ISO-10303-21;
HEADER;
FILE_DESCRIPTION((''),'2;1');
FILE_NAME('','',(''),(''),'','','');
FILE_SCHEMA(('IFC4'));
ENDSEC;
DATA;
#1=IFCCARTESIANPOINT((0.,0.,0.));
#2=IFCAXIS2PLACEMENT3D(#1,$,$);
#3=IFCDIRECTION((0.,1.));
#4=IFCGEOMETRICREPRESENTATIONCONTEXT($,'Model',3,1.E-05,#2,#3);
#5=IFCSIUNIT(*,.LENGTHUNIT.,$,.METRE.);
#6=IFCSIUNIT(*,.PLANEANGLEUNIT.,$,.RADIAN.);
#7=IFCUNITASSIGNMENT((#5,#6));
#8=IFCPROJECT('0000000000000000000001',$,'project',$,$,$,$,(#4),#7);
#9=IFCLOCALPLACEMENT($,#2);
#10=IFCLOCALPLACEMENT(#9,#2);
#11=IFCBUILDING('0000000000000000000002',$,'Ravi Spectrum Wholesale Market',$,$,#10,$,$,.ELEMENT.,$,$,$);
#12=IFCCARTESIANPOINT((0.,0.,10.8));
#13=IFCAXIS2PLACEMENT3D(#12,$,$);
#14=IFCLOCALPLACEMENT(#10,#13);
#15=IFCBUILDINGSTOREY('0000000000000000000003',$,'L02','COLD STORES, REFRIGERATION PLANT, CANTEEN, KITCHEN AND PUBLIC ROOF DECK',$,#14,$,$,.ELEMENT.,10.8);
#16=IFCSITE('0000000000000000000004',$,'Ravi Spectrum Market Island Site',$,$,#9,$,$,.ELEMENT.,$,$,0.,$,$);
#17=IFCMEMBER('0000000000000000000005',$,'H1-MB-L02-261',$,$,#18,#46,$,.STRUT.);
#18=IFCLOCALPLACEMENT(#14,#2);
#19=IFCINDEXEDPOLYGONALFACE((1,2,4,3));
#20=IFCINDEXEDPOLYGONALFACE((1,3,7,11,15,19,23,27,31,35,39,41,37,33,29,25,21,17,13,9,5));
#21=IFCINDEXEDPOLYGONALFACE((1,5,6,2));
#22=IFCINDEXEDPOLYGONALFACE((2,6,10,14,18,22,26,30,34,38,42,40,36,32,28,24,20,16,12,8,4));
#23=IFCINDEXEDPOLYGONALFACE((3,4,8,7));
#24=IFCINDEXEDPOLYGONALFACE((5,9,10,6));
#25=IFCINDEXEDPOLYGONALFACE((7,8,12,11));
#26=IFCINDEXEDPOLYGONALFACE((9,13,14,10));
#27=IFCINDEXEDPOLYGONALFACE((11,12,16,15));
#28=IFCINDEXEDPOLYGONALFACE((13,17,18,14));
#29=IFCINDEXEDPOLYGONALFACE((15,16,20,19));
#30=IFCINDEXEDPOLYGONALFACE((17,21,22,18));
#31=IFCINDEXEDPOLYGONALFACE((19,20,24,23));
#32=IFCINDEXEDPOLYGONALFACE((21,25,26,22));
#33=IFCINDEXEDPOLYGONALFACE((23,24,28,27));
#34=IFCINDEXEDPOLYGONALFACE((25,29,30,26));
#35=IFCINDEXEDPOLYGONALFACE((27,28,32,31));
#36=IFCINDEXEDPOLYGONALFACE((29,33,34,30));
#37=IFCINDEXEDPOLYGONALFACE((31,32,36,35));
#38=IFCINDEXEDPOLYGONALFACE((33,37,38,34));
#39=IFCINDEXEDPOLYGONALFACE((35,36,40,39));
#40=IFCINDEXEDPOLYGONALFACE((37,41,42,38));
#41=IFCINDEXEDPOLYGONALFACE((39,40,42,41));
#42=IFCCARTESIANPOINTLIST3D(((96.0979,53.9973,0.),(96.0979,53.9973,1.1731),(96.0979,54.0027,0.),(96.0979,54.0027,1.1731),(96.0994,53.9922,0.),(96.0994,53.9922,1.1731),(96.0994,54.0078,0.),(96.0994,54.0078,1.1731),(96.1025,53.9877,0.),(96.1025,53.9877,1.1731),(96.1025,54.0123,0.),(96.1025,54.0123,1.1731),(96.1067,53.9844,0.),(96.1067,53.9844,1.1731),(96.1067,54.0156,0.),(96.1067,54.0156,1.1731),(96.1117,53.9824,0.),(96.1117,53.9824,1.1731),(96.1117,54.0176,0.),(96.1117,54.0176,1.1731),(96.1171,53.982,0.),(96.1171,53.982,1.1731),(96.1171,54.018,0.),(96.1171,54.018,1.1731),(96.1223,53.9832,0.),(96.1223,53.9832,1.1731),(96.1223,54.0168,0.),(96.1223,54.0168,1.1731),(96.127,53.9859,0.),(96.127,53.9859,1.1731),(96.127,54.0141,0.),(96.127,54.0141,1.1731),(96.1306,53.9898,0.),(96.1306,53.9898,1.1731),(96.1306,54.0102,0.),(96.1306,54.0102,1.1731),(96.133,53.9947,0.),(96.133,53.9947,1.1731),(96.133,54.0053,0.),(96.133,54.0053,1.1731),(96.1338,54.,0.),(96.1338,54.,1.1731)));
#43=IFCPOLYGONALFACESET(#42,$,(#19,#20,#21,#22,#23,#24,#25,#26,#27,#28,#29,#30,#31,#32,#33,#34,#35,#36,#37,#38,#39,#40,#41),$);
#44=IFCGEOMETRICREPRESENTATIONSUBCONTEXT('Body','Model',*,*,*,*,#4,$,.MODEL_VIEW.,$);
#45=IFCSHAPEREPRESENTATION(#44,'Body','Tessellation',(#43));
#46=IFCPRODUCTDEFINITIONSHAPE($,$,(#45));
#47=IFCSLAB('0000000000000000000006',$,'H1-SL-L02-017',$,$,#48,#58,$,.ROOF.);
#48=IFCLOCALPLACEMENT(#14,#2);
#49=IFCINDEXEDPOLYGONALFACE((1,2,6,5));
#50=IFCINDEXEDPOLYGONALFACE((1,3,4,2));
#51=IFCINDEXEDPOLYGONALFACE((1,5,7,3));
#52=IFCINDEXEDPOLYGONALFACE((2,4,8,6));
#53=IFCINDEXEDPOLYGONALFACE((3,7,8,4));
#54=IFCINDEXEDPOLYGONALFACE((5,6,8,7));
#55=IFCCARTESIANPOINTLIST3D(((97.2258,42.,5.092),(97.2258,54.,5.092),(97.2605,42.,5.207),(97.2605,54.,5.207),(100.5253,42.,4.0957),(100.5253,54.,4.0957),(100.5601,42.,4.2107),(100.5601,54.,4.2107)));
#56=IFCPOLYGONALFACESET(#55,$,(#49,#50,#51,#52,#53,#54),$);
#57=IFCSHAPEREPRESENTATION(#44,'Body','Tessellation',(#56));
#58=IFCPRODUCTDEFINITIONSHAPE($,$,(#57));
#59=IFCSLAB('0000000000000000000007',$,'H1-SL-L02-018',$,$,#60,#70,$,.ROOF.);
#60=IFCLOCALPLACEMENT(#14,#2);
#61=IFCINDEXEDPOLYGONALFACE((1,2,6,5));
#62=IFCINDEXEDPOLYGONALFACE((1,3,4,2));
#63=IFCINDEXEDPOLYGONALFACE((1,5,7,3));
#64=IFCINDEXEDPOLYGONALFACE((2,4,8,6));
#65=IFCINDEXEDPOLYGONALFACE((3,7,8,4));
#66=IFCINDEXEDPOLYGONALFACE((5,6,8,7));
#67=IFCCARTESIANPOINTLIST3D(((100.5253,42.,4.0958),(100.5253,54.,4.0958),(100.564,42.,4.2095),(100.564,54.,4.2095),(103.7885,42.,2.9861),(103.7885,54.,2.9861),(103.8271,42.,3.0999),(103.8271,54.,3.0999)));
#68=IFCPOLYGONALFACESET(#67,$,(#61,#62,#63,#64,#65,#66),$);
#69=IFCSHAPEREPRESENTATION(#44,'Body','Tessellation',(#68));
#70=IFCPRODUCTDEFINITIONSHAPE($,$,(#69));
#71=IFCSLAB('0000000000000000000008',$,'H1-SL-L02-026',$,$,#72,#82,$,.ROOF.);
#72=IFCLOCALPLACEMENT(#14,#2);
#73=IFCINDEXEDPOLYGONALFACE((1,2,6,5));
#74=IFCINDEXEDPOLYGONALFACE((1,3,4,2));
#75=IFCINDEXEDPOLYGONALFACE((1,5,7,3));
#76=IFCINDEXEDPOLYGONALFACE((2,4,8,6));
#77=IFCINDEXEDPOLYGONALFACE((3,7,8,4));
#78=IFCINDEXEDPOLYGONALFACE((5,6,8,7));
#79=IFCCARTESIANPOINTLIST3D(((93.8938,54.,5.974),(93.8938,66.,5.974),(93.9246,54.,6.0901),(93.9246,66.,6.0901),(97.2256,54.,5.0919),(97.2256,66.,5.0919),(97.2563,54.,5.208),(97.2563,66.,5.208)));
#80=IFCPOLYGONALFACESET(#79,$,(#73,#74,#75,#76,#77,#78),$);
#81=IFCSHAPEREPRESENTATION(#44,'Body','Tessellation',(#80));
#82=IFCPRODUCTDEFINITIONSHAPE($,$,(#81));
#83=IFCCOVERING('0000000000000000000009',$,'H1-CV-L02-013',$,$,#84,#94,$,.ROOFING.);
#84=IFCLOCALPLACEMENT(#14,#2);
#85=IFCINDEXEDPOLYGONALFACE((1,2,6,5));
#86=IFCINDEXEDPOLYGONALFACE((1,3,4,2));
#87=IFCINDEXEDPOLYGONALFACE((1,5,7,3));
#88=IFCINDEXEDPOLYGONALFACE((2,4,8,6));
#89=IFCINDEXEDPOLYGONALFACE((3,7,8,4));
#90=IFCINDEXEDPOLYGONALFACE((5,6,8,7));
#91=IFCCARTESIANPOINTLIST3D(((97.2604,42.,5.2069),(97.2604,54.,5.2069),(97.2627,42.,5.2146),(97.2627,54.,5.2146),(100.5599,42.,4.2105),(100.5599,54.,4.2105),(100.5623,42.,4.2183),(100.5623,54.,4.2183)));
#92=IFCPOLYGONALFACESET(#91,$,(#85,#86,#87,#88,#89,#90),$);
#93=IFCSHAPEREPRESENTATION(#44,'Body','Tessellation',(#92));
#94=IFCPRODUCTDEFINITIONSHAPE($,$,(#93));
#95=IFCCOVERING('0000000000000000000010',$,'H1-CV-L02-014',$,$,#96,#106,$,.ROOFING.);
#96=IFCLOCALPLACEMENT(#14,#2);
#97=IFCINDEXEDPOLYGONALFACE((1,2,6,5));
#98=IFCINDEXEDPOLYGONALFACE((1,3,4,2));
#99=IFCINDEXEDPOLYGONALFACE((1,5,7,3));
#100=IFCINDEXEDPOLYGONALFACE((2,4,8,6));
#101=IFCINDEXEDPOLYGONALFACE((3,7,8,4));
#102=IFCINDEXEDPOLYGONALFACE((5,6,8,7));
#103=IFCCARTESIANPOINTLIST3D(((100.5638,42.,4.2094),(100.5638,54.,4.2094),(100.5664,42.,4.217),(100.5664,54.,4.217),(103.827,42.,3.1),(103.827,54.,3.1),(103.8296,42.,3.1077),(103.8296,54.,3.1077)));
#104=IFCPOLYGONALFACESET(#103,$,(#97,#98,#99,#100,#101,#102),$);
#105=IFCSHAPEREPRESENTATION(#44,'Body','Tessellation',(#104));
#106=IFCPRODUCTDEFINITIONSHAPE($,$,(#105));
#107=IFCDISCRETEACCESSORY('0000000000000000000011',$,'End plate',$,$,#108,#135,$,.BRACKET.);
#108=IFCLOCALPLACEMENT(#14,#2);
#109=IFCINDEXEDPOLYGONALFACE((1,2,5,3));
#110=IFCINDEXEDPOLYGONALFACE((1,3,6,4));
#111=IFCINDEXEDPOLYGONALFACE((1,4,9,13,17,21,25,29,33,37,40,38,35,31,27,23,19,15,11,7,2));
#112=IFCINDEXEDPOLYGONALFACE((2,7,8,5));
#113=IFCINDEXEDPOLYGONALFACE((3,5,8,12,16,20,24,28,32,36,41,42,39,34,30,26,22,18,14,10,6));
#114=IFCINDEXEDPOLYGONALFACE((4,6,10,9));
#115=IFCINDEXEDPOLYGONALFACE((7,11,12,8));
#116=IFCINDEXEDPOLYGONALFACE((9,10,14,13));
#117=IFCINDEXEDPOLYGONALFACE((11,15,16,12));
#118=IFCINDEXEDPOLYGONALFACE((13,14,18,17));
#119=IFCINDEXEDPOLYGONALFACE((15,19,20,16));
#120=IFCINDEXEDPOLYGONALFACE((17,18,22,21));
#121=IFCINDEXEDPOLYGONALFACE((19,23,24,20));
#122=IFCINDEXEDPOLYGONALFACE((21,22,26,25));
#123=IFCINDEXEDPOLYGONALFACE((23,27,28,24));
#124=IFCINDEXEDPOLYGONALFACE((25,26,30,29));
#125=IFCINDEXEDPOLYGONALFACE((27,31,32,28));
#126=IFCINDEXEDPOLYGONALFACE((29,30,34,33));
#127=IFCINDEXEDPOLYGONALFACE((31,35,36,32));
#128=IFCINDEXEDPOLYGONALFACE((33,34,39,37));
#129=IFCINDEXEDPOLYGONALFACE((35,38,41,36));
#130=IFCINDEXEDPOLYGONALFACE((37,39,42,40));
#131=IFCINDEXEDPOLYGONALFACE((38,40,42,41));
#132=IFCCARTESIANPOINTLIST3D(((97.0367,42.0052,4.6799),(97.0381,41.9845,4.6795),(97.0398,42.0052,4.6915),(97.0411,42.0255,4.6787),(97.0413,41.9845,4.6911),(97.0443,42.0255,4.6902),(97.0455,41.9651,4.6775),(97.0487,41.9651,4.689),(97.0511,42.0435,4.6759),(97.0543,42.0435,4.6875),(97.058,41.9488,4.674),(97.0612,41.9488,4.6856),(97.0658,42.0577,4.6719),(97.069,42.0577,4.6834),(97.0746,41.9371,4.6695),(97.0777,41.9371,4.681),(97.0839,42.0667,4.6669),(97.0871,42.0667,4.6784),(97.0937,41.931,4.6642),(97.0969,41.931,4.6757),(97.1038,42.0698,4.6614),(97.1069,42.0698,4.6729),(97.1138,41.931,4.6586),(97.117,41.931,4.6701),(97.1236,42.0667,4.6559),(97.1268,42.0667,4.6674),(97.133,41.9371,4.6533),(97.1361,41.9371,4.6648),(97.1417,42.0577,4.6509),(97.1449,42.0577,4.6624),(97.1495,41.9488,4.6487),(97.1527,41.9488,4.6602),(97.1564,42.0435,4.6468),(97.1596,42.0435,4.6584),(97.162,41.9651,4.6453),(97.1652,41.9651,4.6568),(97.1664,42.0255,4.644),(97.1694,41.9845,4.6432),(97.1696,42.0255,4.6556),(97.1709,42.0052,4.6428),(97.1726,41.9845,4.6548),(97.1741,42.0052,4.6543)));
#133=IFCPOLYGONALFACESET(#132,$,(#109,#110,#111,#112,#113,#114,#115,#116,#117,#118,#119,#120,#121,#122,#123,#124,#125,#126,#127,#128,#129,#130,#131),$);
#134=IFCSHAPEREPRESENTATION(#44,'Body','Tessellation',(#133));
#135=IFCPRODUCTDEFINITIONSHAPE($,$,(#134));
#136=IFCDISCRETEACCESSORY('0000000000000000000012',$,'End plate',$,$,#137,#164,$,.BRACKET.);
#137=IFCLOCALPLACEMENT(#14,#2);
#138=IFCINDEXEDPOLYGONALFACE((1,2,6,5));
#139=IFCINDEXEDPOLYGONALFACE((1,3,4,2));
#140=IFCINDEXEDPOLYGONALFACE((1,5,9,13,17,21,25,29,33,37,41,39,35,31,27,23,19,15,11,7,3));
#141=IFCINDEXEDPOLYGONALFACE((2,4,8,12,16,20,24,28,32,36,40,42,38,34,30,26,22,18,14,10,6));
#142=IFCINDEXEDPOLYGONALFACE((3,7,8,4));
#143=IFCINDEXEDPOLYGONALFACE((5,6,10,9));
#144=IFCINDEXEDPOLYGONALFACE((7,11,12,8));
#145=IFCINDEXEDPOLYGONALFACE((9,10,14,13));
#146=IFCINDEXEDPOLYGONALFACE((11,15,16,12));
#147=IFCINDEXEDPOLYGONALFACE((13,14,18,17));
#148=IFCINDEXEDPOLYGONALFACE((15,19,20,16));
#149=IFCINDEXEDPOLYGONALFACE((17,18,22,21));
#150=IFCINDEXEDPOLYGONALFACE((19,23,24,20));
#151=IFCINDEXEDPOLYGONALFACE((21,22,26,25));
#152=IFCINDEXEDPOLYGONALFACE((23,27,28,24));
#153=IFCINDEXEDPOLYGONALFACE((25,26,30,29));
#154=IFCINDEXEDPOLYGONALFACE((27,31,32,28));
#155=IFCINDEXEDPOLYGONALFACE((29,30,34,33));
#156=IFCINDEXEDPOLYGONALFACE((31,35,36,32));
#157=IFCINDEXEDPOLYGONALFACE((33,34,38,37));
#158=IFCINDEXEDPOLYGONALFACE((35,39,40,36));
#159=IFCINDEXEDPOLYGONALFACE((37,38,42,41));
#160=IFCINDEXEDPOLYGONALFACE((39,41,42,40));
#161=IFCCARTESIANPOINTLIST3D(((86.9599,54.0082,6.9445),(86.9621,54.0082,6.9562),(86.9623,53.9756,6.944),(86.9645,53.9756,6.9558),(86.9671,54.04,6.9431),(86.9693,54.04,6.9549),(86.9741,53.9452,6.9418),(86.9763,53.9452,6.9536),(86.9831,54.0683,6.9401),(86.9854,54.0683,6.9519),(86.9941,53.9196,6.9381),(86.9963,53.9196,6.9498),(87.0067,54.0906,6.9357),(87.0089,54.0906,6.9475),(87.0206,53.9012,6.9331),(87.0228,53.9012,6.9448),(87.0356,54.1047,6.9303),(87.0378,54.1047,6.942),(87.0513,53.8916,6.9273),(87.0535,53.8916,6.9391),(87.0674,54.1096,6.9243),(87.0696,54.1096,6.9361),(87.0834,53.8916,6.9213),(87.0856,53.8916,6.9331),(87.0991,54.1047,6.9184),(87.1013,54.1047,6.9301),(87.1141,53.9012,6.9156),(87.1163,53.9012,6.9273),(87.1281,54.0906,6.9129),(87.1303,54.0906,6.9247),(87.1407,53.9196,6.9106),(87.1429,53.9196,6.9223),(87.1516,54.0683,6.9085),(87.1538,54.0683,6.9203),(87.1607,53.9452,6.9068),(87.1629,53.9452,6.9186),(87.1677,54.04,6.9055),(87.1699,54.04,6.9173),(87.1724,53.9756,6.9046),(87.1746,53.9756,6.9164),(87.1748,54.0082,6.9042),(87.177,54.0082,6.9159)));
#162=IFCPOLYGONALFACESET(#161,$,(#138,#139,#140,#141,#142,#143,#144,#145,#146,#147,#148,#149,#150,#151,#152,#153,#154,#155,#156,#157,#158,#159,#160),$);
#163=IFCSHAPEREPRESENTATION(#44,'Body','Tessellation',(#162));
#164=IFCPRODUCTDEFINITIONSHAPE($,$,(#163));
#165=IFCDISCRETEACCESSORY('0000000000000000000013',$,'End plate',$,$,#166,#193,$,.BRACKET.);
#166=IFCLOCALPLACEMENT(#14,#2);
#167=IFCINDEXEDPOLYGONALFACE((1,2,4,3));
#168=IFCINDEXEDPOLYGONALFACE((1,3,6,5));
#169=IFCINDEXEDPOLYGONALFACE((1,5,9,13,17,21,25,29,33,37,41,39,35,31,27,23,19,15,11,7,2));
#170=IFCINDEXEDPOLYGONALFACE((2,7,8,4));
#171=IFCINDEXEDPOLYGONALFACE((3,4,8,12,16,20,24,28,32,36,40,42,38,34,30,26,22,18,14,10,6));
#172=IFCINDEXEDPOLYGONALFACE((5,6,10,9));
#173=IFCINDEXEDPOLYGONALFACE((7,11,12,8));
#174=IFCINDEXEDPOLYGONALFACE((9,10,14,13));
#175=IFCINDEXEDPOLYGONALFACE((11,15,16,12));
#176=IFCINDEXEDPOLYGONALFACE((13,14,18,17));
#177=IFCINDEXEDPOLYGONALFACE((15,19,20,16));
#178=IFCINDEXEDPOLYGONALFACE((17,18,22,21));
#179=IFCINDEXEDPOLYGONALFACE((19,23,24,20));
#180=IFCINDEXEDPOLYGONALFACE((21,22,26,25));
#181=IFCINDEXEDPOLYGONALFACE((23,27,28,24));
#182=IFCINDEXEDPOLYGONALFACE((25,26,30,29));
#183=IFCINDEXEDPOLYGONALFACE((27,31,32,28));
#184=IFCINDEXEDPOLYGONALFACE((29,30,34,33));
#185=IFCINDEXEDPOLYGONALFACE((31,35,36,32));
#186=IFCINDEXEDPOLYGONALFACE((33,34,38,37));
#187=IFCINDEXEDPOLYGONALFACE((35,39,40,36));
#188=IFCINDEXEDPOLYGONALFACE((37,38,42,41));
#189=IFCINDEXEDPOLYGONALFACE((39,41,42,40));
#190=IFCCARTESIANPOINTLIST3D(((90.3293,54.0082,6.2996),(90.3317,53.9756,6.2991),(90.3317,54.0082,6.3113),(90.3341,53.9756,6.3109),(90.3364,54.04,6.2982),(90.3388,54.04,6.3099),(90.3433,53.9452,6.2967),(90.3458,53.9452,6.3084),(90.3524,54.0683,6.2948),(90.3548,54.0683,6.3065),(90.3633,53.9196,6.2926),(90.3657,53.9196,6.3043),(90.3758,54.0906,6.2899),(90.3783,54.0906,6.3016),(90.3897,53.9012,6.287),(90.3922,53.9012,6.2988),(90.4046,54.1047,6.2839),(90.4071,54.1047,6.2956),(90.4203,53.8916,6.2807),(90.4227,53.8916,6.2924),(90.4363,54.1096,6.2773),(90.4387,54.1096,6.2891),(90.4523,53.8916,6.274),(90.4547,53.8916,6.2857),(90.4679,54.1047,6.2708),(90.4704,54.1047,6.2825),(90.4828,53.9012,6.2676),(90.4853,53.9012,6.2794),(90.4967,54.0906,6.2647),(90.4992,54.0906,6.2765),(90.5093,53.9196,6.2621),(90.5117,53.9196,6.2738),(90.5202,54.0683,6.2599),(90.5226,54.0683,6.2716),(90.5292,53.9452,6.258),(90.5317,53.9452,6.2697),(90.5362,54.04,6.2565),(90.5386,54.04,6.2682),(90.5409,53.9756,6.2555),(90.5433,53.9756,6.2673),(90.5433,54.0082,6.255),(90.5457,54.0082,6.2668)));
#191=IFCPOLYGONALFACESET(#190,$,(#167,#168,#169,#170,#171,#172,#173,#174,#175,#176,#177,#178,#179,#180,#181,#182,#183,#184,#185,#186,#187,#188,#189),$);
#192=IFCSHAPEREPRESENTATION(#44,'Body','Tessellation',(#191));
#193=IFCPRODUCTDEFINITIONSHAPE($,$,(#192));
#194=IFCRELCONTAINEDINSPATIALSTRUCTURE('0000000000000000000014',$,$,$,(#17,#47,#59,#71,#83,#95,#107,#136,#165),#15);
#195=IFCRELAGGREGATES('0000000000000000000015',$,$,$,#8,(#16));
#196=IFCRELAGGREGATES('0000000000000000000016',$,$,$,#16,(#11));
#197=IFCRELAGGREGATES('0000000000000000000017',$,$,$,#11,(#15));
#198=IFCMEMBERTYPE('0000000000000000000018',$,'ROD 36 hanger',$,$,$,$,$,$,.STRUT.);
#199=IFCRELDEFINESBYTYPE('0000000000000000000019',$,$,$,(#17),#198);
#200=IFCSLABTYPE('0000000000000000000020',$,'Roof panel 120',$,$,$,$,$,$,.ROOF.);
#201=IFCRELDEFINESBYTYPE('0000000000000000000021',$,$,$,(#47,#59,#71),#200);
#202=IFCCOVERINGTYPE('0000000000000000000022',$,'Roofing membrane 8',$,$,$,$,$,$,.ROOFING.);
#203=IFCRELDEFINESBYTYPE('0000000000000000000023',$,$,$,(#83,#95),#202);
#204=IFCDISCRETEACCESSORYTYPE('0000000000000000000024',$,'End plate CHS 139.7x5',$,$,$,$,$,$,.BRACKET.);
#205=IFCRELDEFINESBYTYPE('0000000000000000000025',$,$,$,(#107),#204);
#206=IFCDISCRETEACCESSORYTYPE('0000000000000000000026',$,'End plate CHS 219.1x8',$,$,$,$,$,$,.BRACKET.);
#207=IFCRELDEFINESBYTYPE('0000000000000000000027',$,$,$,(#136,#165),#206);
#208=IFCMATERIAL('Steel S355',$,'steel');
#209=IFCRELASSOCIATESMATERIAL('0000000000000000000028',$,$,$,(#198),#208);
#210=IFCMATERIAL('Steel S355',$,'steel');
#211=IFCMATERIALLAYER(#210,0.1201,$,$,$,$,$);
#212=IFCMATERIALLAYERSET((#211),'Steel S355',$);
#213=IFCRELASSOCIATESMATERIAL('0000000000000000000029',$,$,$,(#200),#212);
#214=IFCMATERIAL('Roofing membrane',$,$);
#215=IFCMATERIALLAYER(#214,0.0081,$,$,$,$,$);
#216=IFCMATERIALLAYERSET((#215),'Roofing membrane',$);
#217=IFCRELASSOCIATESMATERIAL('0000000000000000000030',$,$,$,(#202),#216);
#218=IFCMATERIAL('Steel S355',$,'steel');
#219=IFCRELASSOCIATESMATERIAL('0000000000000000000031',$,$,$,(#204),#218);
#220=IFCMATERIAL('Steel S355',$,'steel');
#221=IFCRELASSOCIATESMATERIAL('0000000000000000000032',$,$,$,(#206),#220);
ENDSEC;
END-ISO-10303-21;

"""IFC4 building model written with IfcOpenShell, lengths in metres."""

from ifc_helpers import new_model, si_unit, direction, frame, origin, origin_2d, place, context, subcontext, project, spatial, polyline, circle, outline, extrude, material, layer, layer_set, material_profile, profile_set, type_object, element, save


model = new_model("IFC4")

# Units and contexts
model_context = context("Model", 3, precision=1e-05, world=origin(), true_north=direction((0.0, 1.0)))
body_context = subcontext(model_context, "Body", "Model", "MODEL_VIEW")
ifc_project = project(units=[si_unit("LENGTHUNIT", "METRE"), si_unit("PLANEANGLEUNIT", "RADIAN")], contexts=[model_context])

# Site, building, storey
site_placement = place(None, origin())
site = spatial("IfcSite", under=ifc_project, at=site_placement, Name="Ravi Spectrum Market Island Site", CompositionType="ELEMENT", RefElevation=0.0)
building_placement = place(site_placement, origin())
building = spatial("IfcBuilding", under=site, at=building_placement, Name="Ravi Spectrum Wholesale Market", CompositionType="ELEMENT")
storey_placement = place(building_placement, frame((0.0, 0.0, 10.8)))
storey = spatial("IfcBuildingStorey", under=building, at=storey_placement, Name="L02", Description="COLD STORES, REFRIGERATION PLANT, CANTEEN, KITCHEN AND PUBLIC ROOF DECK", CompositionType="ELEMENT", Elevation=10.8)

# Member
ifc_material_1 = material(Name="Steel S355", Category="steel")
ifc_material_profile_1 = material_profile(ifc_material_1, circle(Radius=0.0181, at=origin_2d()))
ifc_profile_set_1 = profile_set([ifc_material_profile_1], Name="Steel S355")
member_type_1 = type_object("IfcMemberType", Name="ROD 36 hanger", PredefinedType="STRUT", material=ifc_profile_set_1)
member_1_placement = place(storey_placement, frame((96.1157, 54.0, 0.0), z_axis=(0.0, 0.0, 1.0), x_axis=(1.0, 0.0, 0.0)))
element("IfcMember", 1, at=member_1_placement, inside=storey, type_object=member_type_1, Name="H1-MB-L02-261", PredefinedType="STRUT", context=body_context, shape_type="SweptSolid", body=[
    extrude(circle(Radius=0.0181, at=origin_2d()), origin(), (0.0, 0.0, 1.0), 1.1731),
])

# Slabs
ifc_material_2 = material(Name="Steel S355", Category="steel")
ifc_layer_1 = layer(ifc_material_2, 0.1201)
ifc_layer_set_1 = layer_set([ifc_layer_1], Name="Steel S355")
slab_type = type_object("IfcSlabType", Name="Roof panel 120", PredefinedType="ROOF", material=ifc_layer_set_1)
slab_1_placement = place(storey_placement, frame((97.2605, 42.0, 5.207), z_axis=(0.28907, 0.0, 0.957308), x_axis=(0.957308, 0.0, -0.28907)))
element("IfcSlab", 2, at=slab_1_placement, inside=storey, type_object=slab_type, Name="H1-SL-L02-017", PredefinedType="ROOF", context=body_context, shape_type="SweptSolid", body=[
    extrude(outline(polyline([(0.0, 0.0), (3.4467, 0.0), (3.4467, 12.0), (0.0, 12.0), (0.0, 0.0)])), origin(), (0.0, 0.0, -1.0), 0.1201),
])
slab_2_placement = place(storey_placement, frame((100.564, 42.0, 4.2095), z_axis=(0.321938, 0.0, 0.946761), x_axis=(0.946761, 0.0, -0.321938)))
element("IfcSlab", 3, at=slab_2_placement, inside=storey, type_object=slab_type, Name="H1-SL-L02-018", PredefinedType="ROOF", context=body_context, shape_type="SweptSolid", body=[
    extrude(outline(polyline([(0.0, 0.0), (3.4467, 0.0), (3.4467, 12.0), (0.0, 12.0), (0.0, 0.0)])), origin(), (0.0, 0.0, -1.0), 0.1201),
])
slab_3_placement = place(storey_placement, frame((93.9246, 54.0, 6.0901), z_axis=(0.25593, 0.0, 0.966695), x_axis=(0.966695, 0.0, -0.25593)))
element("IfcSlab", 4, at=slab_3_placement, inside=storey, type_object=slab_type, Name="H1-SL-L02-026", PredefinedType="ROOF", context=body_context, shape_type="SweptSolid", body=[
    extrude(outline(polyline([(0.0, 0.0), (3.4466, 0.0), (3.4466, 12.0), (0.0, 12.0), (0.0, 0.0)])), origin(), (0.0, 0.0, -1.0), 0.1201),
])

# Coverings
ifc_material_3 = material(Name="Roofing membrane")
ifc_layer_2 = layer(ifc_material_3, 0.0081)
ifc_layer_set_2 = layer_set([ifc_layer_2], Name="Roofing membrane")
covering_type = type_object("IfcCoveringType", Name="Roofing membrane 8", PredefinedType="ROOFING", material=ifc_layer_set_2)
covering_1_placement = place(storey_placement, frame((97.2627, 42.0, 5.2146), z_axis=(0.28907, 0.0, 0.957308), x_axis=(0.957308, 0.0, -0.28907)))
element("IfcCovering", 5, at=covering_1_placement, inside=storey, type_object=covering_type, Name="H1-CV-L02-013", PredefinedType="ROOFING", context=body_context, shape_type="SweptSolid", body=[
    extrude(outline(polyline([(0.0, 0.0), (3.4467, 0.0), (3.4467, 12.0), (0.0, 12.0), (0.0, 0.0)])), origin(), (0.0, 0.0, -1.0), 0.0081),
])
covering_2_placement = place(storey_placement, frame((100.5664, 42.0, 4.217), z_axis=(0.321875, 0.0, 0.946782), x_axis=(0.946782, 0.0, -0.321875)))
element("IfcCovering", 6, at=covering_2_placement, inside=storey, type_object=covering_type, Name="H1-CV-L02-014", PredefinedType="ROOFING", context=body_context, shape_type="SweptSolid", body=[
    extrude(outline(polyline([(0.0, 0.0), (3.4466, 0.0), (3.4466, 12.0), (0.0, 12.0), (0.0, 0.0)])), origin(), (0.0, 0.0, -1.0), 0.0081),
])

# Discrete accessories
ifc_material_4 = material(Name="Steel S355", Category="steel")
ifc_material_profile_2 = material_profile(ifc_material_4, circle(Radius=0.0698, at=origin_2d()))
ifc_profile_set_2 = profile_set([ifc_material_profile_2], Name="Steel S355")
discrete_accessory_type_1 = type_object("IfcDiscreteAccessoryType", Name="End plate CHS 139.7x5", PredefinedType="BRACKET", material=ifc_profile_set_2)
discrete_accessory_placement = place(storey_placement, frame((97.1038, 42.0, 4.6614), z_axis=(0.266586, 0.0, 0.963811), x_axis=(0.0, 1.0, 0.0)))
element("IfcDiscreteAccessory", 7, at=discrete_accessory_placement, inside=storey, type_object=discrete_accessory_type_1, Name="End plate", PredefinedType="BRACKET", context=body_context, shape_type="SweptSolid", body=[
    extrude(circle(Radius=0.0698, at=origin_2d()), origin(), (0.0, 0.0, 1.0), 0.012),
])
ifc_material_5 = material(Name="Steel S355", Category="steel")
ifc_material_profile_3 = material_profile(ifc_material_5, circle(Radius=0.1096, at=origin_2d()))
ifc_profile_set_3 = profile_set([ifc_material_profile_3], Name="Steel S355")
discrete_accessory_type_2 = type_object("IfcDiscreteAccessoryType", Name="End plate CHS 219.1x8", PredefinedType="BRACKET", material=ifc_profile_set_3)
for number, where, z_axis, x_axis, name in (
    (8, (87.0674, 54.0, 6.9243), (0.184289, 0.0, 0.982872), (0.0, 1.0, 0.0), "End plate"),
    (9, (90.4363, 54.0, 6.2773), (0.203954, 0.0, 0.97898), (0.0, 1.0, 0.0), "End plate"),
):
    element("IfcDiscreteAccessory", number, at=place(storey_placement, frame(where, z_axis=z_axis, x_axis=x_axis)), inside=storey, type_object=discrete_accessory_type_2, Name=name, PredefinedType="BRACKET", context=body_context, shape_type="SweptSolid", body=[
        extrude(circle(Radius=0.1096, at=origin_2d()), origin(), (0.0, 0.0, 1.0), 0.012),
    ])

save(model, "model.ifc")
